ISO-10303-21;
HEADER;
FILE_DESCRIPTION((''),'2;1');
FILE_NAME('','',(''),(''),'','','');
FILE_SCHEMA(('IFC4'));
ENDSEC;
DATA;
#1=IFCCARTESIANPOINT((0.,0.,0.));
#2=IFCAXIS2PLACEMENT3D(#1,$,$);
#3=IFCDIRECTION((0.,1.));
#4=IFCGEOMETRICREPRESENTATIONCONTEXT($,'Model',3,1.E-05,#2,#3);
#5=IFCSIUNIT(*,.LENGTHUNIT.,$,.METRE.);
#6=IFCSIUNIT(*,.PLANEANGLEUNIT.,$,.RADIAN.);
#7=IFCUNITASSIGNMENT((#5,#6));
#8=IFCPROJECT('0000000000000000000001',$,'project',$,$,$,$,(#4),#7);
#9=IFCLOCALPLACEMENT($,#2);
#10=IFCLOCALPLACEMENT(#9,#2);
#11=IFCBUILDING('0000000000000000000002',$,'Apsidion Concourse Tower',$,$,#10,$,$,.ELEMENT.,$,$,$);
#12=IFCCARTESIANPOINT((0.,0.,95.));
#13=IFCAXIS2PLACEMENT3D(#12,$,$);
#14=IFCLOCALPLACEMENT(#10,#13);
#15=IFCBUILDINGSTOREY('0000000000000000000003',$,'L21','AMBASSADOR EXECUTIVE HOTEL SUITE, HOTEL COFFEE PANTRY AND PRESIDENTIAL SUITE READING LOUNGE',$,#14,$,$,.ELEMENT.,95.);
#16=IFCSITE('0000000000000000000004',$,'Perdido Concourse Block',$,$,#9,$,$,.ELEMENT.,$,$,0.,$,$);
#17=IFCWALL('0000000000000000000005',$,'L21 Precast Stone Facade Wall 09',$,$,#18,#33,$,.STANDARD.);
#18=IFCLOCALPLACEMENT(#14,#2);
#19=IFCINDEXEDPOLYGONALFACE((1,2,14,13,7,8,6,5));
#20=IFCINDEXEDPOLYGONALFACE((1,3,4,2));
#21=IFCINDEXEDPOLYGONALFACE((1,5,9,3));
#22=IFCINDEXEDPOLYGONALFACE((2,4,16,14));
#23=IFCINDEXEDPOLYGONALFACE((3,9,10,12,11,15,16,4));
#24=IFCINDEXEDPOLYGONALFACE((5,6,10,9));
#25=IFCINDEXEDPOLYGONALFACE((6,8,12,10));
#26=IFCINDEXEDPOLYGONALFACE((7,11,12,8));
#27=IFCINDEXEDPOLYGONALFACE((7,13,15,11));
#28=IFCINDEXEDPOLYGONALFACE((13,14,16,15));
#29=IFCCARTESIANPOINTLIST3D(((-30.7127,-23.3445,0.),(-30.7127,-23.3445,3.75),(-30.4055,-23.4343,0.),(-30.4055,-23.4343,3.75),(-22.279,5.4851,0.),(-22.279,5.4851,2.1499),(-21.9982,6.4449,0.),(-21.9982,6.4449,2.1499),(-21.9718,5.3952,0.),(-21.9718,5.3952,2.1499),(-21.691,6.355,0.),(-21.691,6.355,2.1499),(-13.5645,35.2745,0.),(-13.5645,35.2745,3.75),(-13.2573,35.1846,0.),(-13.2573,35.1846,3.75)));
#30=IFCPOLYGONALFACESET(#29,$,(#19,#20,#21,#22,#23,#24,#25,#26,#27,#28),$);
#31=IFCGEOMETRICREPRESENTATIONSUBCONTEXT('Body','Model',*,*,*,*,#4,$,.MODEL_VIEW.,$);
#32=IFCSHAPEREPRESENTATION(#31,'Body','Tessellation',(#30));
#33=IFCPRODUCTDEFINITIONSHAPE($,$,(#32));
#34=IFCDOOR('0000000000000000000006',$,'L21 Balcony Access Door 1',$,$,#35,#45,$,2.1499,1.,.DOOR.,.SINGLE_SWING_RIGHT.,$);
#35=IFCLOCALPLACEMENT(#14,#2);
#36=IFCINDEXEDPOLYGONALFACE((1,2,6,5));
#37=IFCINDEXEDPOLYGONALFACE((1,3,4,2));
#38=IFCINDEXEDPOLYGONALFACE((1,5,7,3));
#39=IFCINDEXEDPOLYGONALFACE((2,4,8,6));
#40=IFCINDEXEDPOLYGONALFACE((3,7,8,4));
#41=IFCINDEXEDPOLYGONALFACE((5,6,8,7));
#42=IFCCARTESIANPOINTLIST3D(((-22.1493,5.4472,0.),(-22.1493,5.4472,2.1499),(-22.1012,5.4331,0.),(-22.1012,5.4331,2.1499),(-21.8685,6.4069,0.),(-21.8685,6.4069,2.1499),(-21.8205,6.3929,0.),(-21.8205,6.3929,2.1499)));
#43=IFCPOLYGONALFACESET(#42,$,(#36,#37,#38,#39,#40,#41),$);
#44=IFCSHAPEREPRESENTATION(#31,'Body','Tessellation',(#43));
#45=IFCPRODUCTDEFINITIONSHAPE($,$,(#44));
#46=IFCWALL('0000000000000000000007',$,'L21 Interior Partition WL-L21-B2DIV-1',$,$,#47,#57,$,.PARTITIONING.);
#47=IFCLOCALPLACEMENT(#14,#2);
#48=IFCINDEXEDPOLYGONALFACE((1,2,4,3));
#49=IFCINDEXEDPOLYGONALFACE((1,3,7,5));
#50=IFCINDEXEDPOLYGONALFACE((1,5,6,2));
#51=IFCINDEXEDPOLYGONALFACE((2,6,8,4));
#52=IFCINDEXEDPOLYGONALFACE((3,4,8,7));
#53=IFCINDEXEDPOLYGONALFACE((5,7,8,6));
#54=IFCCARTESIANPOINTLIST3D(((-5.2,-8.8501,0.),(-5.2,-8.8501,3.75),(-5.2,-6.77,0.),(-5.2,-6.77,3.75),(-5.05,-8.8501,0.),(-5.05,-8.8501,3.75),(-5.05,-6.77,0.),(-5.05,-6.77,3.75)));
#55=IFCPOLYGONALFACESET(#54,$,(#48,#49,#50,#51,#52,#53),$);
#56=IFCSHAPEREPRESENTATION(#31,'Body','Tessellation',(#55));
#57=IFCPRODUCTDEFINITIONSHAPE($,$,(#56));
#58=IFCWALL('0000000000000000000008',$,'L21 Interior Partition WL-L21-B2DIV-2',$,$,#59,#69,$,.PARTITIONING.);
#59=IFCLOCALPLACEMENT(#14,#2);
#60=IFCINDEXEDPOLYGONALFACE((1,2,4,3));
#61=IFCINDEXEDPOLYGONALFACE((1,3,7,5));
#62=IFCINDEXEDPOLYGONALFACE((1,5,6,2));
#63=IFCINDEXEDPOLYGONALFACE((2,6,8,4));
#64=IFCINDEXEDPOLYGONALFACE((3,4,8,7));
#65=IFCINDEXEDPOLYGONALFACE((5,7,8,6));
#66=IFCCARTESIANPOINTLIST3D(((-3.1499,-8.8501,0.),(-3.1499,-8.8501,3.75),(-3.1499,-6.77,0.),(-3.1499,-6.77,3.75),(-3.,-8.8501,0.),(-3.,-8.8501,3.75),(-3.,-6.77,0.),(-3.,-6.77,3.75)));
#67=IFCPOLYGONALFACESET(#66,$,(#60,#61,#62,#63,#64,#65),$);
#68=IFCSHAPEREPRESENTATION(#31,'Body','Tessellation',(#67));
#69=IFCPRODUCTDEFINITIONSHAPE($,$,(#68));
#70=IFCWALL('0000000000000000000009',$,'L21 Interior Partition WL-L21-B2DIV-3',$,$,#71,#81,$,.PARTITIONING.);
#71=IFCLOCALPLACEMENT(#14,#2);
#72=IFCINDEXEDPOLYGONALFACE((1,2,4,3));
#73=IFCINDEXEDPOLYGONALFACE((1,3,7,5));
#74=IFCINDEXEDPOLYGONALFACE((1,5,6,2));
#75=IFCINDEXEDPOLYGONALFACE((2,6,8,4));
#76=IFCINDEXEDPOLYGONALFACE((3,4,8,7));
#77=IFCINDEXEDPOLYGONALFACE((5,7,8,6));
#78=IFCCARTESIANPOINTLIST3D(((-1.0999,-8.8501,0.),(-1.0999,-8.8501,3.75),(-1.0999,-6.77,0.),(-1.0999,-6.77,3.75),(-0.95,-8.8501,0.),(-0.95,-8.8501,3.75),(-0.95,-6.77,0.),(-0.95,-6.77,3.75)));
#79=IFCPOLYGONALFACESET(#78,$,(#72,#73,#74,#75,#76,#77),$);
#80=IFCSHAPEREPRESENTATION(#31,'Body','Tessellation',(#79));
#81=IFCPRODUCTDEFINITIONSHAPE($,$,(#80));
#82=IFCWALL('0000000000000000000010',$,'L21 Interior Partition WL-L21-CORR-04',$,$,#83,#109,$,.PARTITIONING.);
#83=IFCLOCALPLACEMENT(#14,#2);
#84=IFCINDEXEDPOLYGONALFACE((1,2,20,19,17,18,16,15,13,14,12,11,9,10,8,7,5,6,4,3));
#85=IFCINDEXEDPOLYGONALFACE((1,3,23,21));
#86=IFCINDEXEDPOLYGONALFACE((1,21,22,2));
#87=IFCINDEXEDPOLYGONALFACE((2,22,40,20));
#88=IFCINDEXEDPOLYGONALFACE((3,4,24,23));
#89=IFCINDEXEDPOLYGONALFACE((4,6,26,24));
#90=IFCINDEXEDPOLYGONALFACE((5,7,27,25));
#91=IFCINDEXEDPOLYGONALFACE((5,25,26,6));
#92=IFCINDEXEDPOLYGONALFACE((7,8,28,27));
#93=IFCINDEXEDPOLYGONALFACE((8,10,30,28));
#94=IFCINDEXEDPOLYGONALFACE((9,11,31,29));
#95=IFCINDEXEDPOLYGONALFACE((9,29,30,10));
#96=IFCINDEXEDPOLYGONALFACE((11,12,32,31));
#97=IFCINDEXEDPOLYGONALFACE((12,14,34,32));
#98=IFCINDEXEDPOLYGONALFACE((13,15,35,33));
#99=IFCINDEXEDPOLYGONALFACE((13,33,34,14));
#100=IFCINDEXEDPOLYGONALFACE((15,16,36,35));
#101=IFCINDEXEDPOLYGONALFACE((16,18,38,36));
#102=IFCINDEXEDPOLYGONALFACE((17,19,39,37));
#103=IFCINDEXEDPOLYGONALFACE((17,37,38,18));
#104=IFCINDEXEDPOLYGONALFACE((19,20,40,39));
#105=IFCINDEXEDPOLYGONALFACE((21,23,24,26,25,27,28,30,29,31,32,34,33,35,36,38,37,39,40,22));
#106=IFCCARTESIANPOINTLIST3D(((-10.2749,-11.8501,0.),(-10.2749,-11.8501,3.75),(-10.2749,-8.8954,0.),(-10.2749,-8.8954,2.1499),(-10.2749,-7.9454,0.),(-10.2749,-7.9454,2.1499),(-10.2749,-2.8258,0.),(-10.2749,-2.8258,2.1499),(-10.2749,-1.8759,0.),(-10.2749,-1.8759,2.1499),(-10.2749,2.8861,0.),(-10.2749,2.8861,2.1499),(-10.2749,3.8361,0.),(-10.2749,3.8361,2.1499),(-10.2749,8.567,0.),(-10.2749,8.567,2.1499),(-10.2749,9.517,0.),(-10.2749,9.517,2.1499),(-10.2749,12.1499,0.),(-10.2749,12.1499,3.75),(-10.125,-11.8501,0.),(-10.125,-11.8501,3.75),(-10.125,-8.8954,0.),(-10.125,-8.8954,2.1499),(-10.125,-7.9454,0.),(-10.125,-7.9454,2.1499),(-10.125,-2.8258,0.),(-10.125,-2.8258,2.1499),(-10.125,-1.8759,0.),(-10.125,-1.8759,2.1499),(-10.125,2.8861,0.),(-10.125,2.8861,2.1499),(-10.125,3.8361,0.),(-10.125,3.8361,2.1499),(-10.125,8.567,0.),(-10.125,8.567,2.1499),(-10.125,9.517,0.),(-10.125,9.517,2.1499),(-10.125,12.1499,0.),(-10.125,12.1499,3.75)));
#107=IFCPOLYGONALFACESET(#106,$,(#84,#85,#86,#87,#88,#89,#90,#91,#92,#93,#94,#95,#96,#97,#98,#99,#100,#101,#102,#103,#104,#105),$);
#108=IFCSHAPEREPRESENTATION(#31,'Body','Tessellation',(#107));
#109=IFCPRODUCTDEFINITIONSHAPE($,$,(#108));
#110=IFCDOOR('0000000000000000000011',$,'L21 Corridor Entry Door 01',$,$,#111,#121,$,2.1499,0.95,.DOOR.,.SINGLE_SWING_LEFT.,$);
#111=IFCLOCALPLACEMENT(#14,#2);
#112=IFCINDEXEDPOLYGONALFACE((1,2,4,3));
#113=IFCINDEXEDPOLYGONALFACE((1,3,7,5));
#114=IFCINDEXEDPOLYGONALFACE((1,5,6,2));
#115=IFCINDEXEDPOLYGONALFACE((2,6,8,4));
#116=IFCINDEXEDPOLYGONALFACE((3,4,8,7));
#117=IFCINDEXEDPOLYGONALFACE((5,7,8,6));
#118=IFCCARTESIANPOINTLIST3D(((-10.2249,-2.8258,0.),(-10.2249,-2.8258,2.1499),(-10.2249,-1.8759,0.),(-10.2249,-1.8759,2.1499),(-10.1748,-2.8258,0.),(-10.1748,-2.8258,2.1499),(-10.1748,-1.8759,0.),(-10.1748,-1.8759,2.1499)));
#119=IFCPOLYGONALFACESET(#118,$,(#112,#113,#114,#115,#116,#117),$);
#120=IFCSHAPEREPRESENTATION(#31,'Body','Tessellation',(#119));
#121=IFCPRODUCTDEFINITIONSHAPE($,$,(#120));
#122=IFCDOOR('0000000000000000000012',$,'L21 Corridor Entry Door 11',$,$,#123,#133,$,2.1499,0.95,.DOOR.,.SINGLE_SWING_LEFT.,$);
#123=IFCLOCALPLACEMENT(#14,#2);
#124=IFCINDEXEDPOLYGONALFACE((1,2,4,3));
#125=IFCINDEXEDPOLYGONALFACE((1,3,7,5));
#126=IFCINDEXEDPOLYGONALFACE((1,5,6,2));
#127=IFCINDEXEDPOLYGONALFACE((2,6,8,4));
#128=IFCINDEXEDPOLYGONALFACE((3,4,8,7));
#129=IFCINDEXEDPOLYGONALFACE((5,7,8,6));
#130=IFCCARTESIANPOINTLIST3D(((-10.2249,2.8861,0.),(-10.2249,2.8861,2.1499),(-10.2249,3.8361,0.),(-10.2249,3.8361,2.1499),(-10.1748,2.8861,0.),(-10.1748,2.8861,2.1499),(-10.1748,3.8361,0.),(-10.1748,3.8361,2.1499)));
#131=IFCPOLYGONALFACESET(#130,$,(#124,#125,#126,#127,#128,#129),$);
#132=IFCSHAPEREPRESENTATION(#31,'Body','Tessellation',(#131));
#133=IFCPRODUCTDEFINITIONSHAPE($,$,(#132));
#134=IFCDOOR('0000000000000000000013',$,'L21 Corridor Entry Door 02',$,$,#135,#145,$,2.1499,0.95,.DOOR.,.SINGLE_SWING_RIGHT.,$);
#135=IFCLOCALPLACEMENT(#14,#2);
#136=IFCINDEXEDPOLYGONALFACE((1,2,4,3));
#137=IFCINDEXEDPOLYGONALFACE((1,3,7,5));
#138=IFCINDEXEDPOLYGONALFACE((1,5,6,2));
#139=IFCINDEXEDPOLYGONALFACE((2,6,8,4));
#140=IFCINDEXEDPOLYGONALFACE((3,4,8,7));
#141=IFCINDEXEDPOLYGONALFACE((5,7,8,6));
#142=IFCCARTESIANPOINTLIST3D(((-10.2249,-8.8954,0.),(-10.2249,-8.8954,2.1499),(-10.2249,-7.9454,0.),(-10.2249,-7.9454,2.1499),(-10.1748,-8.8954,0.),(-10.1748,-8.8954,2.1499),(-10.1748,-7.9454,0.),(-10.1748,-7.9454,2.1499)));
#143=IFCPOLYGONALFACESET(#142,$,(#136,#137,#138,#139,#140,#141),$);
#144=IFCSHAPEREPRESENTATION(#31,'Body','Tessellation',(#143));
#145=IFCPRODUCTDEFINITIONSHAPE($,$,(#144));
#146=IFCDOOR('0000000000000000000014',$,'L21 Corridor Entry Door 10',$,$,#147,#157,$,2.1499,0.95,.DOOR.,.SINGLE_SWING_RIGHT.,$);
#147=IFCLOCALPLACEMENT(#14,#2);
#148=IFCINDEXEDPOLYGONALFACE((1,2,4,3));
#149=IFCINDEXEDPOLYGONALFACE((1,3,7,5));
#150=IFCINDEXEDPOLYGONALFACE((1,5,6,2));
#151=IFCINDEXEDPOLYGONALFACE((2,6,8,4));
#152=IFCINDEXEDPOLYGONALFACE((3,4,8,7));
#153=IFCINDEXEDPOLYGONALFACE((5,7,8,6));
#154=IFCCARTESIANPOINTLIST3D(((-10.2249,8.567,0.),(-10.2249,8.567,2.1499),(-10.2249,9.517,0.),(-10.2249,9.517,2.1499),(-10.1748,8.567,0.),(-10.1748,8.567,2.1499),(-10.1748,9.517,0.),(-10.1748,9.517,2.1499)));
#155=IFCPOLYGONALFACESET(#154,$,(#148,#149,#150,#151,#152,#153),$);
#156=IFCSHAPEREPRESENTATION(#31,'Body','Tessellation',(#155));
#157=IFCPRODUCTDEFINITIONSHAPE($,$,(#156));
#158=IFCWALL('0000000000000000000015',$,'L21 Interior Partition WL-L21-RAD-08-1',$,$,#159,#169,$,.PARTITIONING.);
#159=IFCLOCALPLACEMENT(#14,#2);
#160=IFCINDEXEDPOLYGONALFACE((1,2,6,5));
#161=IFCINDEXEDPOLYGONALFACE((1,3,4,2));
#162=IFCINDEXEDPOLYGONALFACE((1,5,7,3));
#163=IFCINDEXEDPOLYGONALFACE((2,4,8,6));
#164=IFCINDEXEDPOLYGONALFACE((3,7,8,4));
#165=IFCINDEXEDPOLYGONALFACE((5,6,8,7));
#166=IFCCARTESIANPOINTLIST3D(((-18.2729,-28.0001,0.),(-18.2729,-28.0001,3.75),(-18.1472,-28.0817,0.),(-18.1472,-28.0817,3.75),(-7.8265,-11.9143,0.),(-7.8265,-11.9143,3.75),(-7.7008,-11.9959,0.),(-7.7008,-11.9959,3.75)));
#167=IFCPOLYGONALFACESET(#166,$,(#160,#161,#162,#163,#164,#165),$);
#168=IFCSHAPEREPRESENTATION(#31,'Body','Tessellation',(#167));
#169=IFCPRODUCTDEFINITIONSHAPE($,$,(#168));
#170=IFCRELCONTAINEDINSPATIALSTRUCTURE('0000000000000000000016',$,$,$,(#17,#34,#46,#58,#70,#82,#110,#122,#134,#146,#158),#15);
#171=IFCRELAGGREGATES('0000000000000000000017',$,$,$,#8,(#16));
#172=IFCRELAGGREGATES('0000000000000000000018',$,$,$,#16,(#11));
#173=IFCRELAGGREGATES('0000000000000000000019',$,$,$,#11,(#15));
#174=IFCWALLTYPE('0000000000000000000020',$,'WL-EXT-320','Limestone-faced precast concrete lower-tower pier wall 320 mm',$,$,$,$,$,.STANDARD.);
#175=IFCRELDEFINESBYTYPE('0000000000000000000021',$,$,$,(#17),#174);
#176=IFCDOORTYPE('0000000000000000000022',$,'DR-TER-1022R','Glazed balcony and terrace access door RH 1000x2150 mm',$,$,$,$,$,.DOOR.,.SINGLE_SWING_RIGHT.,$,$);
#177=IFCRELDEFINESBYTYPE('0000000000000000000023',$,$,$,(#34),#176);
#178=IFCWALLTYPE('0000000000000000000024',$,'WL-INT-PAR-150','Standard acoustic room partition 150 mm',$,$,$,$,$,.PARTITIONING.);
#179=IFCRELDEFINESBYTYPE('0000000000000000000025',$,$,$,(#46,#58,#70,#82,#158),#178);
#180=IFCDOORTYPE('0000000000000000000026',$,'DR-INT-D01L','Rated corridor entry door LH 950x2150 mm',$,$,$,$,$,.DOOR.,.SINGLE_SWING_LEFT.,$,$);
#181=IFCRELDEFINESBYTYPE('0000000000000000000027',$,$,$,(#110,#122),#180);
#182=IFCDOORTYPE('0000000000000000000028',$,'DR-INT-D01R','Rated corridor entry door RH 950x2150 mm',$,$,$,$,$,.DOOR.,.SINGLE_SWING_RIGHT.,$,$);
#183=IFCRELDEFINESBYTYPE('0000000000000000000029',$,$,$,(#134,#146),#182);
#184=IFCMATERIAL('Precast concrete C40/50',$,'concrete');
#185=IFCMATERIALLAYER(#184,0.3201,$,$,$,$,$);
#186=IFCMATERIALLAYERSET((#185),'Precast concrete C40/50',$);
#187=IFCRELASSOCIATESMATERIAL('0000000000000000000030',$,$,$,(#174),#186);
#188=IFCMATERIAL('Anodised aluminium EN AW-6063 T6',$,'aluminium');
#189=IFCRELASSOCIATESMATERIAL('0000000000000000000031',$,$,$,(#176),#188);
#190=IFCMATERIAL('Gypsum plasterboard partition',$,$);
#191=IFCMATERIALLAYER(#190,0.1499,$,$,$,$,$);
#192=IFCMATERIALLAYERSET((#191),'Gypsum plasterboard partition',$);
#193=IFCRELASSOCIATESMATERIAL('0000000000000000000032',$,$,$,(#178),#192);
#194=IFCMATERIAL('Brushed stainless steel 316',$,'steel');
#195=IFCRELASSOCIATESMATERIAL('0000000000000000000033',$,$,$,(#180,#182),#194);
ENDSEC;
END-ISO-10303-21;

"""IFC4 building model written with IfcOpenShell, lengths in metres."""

from ifc_helpers import new_model, si_unit, direction, frame, frame_2d, origin, place, context, subcontext, project, spatial, rectangle, extrude, material, layer, layer_set, type_object, element, fill, save


model = new_model("IFC4")

# Units and contexts
model_context = context("Model", 3, precision=1e-05, world=origin(), true_north=direction((0.0, 1.0)))
body_context = subcontext(model_context, "Body", "Model", "MODEL_VIEW")
ifc_project = project(units=[si_unit("LENGTHUNIT", "METRE"), si_unit("PLANEANGLEUNIT", "RADIAN")], contexts=[model_context])

# Site, building, storey
site_placement = place(None, origin())
site = spatial("IfcSite", under=ifc_project, at=site_placement, Name="Perdido Concourse Block", CompositionType="ELEMENT", RefElevation=0.0)
building_placement = place(site_placement, origin())
building = spatial("IfcBuilding", under=site, at=building_placement, Name="Apsidion Concourse Tower", CompositionType="ELEMENT")
storey_placement = place(building_placement, frame((0.0, 0.0, 95.0)))
storey = spatial("IfcBuildingStorey", under=building, at=storey_placement, Name="L21", Description="AMBASSADOR EXECUTIVE HOTEL SUITE, HOTEL COFFEE PANTRY AND PRESIDENTIAL SUITE READING LOUNGE", CompositionType="ELEMENT", Elevation=95.0)

# Shared definitions
ifc_material_1 = material(Name="Precast concrete C40/50", Category="concrete")
ifc_layer_1 = layer(ifc_material_1, 0.3201)
ifc_layer_set_1 = layer_set([ifc_layer_1], Name="Precast concrete C40/50")
wall_type_1 = type_object("IfcWallType", Name="WL-EXT-320", Description="Limestone-faced precast concrete lower-tower pier wall 320 mm", PredefinedType="STANDARD", material=ifc_layer_set_1)

# Wall, opening, door
wall_1_placement = place(storey_placement, frame((-30.5591, -23.3894, 0.0), z_axis=(0.0, 0.0, 1.0), x_axis=(0.28077, 0.959775, 0.0)))
wall_1 = element("IfcWall", 1, at=wall_1_placement, inside=storey, type_object=wall_type_1, Name="L21 Precast Stone Facade Wall 09", PredefinedType="STANDARD", context=body_context, shape_type="SweptSolid", body=[
    extrude(rectangle(XDim=61.0757, YDim=0.3201, at=frame_2d((30.5378, 0.0))), origin(), (0.0, 0.0, 1.0), 3.75),
])
opening_1_placement = place(wall_1_placement, frame((30.0378, 0.0, 0.0)))
opening_1 = element("IfcOpeningElement", 2, at=opening_1_placement, cuts=wall_1, PredefinedType="OPENING", context=body_context, shape_type="SweptSolid", body=[
    extrude(rectangle(XDim=1.0, YDim=2.1499, at=frame_2d((0.5, 1.075))), frame((0.0, 0.1699, 0.0), z_axis=(0.0, -1.0, 0.0), x_axis=(1.0, 0.0, 0.0)), (0.0, 0.0, 1.0), 0.3401),
])
ifc_material_2 = material(Name="Anodised aluminium EN AW-6063 T6", Category="aluminium")
door_type_1 = type_object("IfcDoorType", Name="DR-TER-1022R", Description="Glazed balcony and terrace access door RH 1000x2150 mm", OperationType="SINGLE_SWING_RIGHT", PredefinedType="DOOR", material=ifc_material_2)
door_1_placement = place(opening_1_placement, origin())
door_1 = element("IfcDoor", 3, at=door_1_placement, inside=storey, type_object=door_type_1, Name="L21 Balcony Access Door 1", OperationType="SINGLE_SWING_RIGHT", OverallHeight=2.1499, OverallWidth=1.0, PredefinedType="DOOR", context=body_context, shape_type="SweptSolid", body=[
    extrude(rectangle(XDim=1.0, YDim=2.1499, at=frame_2d((0.5, 1.075))), frame((0.0, 0.0249, 0.0), z_axis=(0.0, -1.0, 0.0), x_axis=(1.0, 0.0, 0.0)), (0.0, 0.0, 1.0), 0.05),
])
fill(opening_1, door_1)

# Walls
ifc_material_3 = material(Name="Gypsum plasterboard partition")
ifc_layer_2 = layer(ifc_material_3, 0.1499)
ifc_layer_set_2 = layer_set([ifc_layer_2], Name="Gypsum plasterboard partition")
wall_type_2 = type_object("IfcWallType", Name="WL-INT-PAR-150", Description="Standard acoustic room partition 150 mm", PredefinedType="PARTITIONING", material=ifc_layer_set_2)
for number, where, z_axis, x_axis, name in (
    (4, (-5.125, -8.8501, 0.0), (0.0, 0.0, 1.0), (0.0, 1.0, 0.0), "L21 Interior Partition WL-L21-B2DIV-1"),
    (5, (-3.075, -8.8501, 0.0), (0.0, 0.0, 1.0), (0.0, 1.0, 0.0), "L21 Interior Partition WL-L21-B2DIV-2"),
    (6, (-1.0249, -8.8501, 0.0), (0.0, 0.0, 1.0), (0.0, 1.0, 0.0), "L21 Interior Partition WL-L21-B2DIV-3"),
):
    element("IfcWall", number, at=place(storey_placement, frame(where, z_axis=z_axis, x_axis=x_axis)), inside=storey, type_object=wall_type_2, Name=name, PredefinedType="PARTITIONING", context=body_context, shape_type="SweptSolid", body=[
        extrude(rectangle(XDim=2.0801, YDim=0.1499, at=frame_2d((1.04, 0.0))), origin(), (0.0, 0.0, 1.0), 3.75),
    ])

# Wall, openings, doors
wall_2_placement = place(storey_placement, frame((-10.2, -11.8501, 0.0), z_axis=(0.0, 0.0, 1.0), x_axis=(0.0, 1.0, 0.0)))
wall_2 = element("IfcWall", 7, at=wall_2_placement, inside=storey, type_object=wall_type_2, Name="L21 Interior Partition WL-L21-CORR-04", PredefinedType="PARTITIONING", context=body_context, shape_type="SweptSolid", body=[
    extrude(rectangle(XDim=24.0, YDim=0.1499, at=frame_2d((12.0, 0.0))), origin(), (0.0, 0.0, 1.0), 3.75),
])
opening_2_placement = place(wall_2_placement, frame((9.0242, 0.0, 0.0)))
opening_2 = element("IfcOpeningElement", 8, at=opening_2_placement, cuts=wall_2, PredefinedType="OPENING", context=body_context, shape_type="SweptSolid", body=[
    extrude(rectangle(XDim=0.95, YDim=2.1499, at=frame_2d((0.4751, 1.075))), frame((0.0, 0.085, 0.0), z_axis=(0.0, -1.0, 0.0), x_axis=(1.0, 0.0, 0.0)), (0.0, 0.0, 1.0), 0.1699),
])
opening_3_placement = place(wall_2_placement, frame((2.9546, 0.0, 0.0)))
opening_3 = element("IfcOpeningElement", 9, at=opening_3_placement, cuts=wall_2, PredefinedType="OPENING", context=body_context, shape_type="SweptSolid", body=[
    extrude(rectangle(XDim=0.95, YDim=2.1499, at=frame_2d((0.4751, 1.075))), frame((0.0, 0.085, 0.0), z_axis=(0.0, -1.0, 0.0), x_axis=(1.0, 0.0, 0.0)), (0.0, 0.0, 1.0), 0.1699),
])
opening_4_placement = place(wall_2_placement, frame((20.417, 0.0, 0.0)))
opening_4 = element("IfcOpeningElement", 10, at=opening_4_placement, cuts=wall_2, PredefinedType="OPENING", context=body_context, shape_type="SweptSolid", body=[
    extrude(rectangle(XDim=0.95, YDim=2.1499, at=frame_2d((0.4751, 1.075))), frame((0.0, 0.085, 0.0), z_axis=(0.0, -1.0, 0.0), x_axis=(1.0, 0.0, 0.0)), (0.0, 0.0, 1.0), 0.1699),
])
opening_5_placement = place(wall_2_placement, frame((14.7361, 0.0, 0.0)))
opening_5 = element("IfcOpeningElement", 11, at=opening_5_placement, cuts=wall_2, PredefinedType="OPENING", context=body_context, shape_type="SweptSolid", body=[
    extrude(rectangle(XDim=0.95, YDim=2.1499, at=frame_2d((0.4751, 1.075))), frame((0.0, 0.085, 0.0), z_axis=(0.0, -1.0, 0.0), x_axis=(1.0, 0.0, 0.0)), (0.0, 0.0, 1.0), 0.1699),
])
ifc_material_4 = material(Name="Brushed stainless steel 316", Category="steel")
door_type_2 = type_object("IfcDoorType", Name="DR-INT-D01L", Description="Rated corridor entry door LH 950x2150 mm", OperationType="SINGLE_SWING_LEFT", PredefinedType="DOOR", material=ifc_material_4)
door_2_placement = place(opening_2_placement, origin())
door_2 = element("IfcDoor", 12, at=door_2_placement, inside=storey, type_object=door_type_2, Name="L21 Corridor Entry Door 01", OperationType="SINGLE_SWING_LEFT", OverallHeight=2.1499, OverallWidth=0.95, PredefinedType="DOOR", context=body_context, shape_type="SweptSolid", body=[
    extrude(rectangle(XDim=0.95, YDim=2.1499, at=frame_2d((0.4751, 1.075))), frame((0.0, 0.0249, 0.0), z_axis=(0.0, -1.0, 0.0), x_axis=(1.0, 0.0, 0.0)), (0.0, 0.0, 1.0), 0.05),
])
fill(opening_2, door_2)
door_3_placement = place(opening_5_placement, origin())
door_3 = element("IfcDoor", 13, at=door_3_placement, inside=storey, type_object=door_type_2, Name="L21 Corridor Entry Door 11", OperationType="SINGLE_SWING_LEFT", OverallHeight=2.1499, OverallWidth=0.95, PredefinedType="DOOR", context=body_context, shape_type="SweptSolid", body=[
    extrude(rectangle(XDim=0.95, YDim=2.1499, at=frame_2d((0.4751, 1.075))), frame((0.0, 0.0249, 0.0), z_axis=(0.0, -1.0, 0.0), x_axis=(1.0, 0.0, 0.0)), (0.0, 0.0, 1.0), 0.05),
])
fill(opening_5, door_3)
door_type_3 = type_object("IfcDoorType", Name="DR-INT-D01R", Description="Rated corridor entry door RH 950x2150 mm", OperationType="SINGLE_SWING_RIGHT", PredefinedType="DOOR", material=ifc_material_4)
door_4_placement = place(opening_3_placement, origin())
door_4 = element("IfcDoor", 14, at=door_4_placement, inside=storey, type_object=door_type_3, Name="L21 Corridor Entry Door 02", OperationType="SINGLE_SWING_RIGHT", OverallHeight=2.1499, OverallWidth=0.95, PredefinedType="DOOR", context=body_context, shape_type="SweptSolid", body=[
    extrude(rectangle(XDim=0.95, YDim=2.1499, at=frame_2d((0.4751, 1.075))), frame((0.0, 0.0249, 0.0), z_axis=(0.0, -1.0, 0.0), x_axis=(1.0, 0.0, 0.0)), (0.0, 0.0, 1.0), 0.05),
])
fill(opening_3, door_4)
door_5_placement = place(opening_4_placement, origin())
door_5 = element("IfcDoor", 15, at=door_5_placement, inside=storey, type_object=door_type_3, Name="L21 Corridor Entry Door 10", OperationType="SINGLE_SWING_RIGHT", OverallHeight=2.1499, OverallWidth=0.95, PredefinedType="DOOR", context=body_context, shape_type="SweptSolid", body=[
    extrude(rectangle(XDim=0.95, YDim=2.1499, at=frame_2d((0.4751, 1.075))), frame((0.0, 0.0249, 0.0), z_axis=(0.0, -1.0, 0.0), x_axis=(1.0, 0.0, 0.0)), (0.0, 0.0, 1.0), 0.05),
])
fill(opening_4, door_5)

# Wall
wall_3_placement = place(storey_placement, frame((-7.7637, -11.9551, 0.0), z_axis=(0.0, 0.0, 1.0), x_axis=(-0.544643, -0.838668, 0.0)))
element("IfcWall", 16, at=wall_3_placement, inside=storey, type_object=wall_type_2, Name="L21 Interior Partition WL-L21-RAD-08-1", PredefinedType="PARTITIONING", context=body_context, shape_type="SweptSolid", body=[
    extrude(rectangle(XDim=19.1802, YDim=0.1499, at=frame_2d((9.5901, 0.0))), origin(), (0.0, 0.0, 1.0), 3.75),
])

save(model, "model.ifc")
